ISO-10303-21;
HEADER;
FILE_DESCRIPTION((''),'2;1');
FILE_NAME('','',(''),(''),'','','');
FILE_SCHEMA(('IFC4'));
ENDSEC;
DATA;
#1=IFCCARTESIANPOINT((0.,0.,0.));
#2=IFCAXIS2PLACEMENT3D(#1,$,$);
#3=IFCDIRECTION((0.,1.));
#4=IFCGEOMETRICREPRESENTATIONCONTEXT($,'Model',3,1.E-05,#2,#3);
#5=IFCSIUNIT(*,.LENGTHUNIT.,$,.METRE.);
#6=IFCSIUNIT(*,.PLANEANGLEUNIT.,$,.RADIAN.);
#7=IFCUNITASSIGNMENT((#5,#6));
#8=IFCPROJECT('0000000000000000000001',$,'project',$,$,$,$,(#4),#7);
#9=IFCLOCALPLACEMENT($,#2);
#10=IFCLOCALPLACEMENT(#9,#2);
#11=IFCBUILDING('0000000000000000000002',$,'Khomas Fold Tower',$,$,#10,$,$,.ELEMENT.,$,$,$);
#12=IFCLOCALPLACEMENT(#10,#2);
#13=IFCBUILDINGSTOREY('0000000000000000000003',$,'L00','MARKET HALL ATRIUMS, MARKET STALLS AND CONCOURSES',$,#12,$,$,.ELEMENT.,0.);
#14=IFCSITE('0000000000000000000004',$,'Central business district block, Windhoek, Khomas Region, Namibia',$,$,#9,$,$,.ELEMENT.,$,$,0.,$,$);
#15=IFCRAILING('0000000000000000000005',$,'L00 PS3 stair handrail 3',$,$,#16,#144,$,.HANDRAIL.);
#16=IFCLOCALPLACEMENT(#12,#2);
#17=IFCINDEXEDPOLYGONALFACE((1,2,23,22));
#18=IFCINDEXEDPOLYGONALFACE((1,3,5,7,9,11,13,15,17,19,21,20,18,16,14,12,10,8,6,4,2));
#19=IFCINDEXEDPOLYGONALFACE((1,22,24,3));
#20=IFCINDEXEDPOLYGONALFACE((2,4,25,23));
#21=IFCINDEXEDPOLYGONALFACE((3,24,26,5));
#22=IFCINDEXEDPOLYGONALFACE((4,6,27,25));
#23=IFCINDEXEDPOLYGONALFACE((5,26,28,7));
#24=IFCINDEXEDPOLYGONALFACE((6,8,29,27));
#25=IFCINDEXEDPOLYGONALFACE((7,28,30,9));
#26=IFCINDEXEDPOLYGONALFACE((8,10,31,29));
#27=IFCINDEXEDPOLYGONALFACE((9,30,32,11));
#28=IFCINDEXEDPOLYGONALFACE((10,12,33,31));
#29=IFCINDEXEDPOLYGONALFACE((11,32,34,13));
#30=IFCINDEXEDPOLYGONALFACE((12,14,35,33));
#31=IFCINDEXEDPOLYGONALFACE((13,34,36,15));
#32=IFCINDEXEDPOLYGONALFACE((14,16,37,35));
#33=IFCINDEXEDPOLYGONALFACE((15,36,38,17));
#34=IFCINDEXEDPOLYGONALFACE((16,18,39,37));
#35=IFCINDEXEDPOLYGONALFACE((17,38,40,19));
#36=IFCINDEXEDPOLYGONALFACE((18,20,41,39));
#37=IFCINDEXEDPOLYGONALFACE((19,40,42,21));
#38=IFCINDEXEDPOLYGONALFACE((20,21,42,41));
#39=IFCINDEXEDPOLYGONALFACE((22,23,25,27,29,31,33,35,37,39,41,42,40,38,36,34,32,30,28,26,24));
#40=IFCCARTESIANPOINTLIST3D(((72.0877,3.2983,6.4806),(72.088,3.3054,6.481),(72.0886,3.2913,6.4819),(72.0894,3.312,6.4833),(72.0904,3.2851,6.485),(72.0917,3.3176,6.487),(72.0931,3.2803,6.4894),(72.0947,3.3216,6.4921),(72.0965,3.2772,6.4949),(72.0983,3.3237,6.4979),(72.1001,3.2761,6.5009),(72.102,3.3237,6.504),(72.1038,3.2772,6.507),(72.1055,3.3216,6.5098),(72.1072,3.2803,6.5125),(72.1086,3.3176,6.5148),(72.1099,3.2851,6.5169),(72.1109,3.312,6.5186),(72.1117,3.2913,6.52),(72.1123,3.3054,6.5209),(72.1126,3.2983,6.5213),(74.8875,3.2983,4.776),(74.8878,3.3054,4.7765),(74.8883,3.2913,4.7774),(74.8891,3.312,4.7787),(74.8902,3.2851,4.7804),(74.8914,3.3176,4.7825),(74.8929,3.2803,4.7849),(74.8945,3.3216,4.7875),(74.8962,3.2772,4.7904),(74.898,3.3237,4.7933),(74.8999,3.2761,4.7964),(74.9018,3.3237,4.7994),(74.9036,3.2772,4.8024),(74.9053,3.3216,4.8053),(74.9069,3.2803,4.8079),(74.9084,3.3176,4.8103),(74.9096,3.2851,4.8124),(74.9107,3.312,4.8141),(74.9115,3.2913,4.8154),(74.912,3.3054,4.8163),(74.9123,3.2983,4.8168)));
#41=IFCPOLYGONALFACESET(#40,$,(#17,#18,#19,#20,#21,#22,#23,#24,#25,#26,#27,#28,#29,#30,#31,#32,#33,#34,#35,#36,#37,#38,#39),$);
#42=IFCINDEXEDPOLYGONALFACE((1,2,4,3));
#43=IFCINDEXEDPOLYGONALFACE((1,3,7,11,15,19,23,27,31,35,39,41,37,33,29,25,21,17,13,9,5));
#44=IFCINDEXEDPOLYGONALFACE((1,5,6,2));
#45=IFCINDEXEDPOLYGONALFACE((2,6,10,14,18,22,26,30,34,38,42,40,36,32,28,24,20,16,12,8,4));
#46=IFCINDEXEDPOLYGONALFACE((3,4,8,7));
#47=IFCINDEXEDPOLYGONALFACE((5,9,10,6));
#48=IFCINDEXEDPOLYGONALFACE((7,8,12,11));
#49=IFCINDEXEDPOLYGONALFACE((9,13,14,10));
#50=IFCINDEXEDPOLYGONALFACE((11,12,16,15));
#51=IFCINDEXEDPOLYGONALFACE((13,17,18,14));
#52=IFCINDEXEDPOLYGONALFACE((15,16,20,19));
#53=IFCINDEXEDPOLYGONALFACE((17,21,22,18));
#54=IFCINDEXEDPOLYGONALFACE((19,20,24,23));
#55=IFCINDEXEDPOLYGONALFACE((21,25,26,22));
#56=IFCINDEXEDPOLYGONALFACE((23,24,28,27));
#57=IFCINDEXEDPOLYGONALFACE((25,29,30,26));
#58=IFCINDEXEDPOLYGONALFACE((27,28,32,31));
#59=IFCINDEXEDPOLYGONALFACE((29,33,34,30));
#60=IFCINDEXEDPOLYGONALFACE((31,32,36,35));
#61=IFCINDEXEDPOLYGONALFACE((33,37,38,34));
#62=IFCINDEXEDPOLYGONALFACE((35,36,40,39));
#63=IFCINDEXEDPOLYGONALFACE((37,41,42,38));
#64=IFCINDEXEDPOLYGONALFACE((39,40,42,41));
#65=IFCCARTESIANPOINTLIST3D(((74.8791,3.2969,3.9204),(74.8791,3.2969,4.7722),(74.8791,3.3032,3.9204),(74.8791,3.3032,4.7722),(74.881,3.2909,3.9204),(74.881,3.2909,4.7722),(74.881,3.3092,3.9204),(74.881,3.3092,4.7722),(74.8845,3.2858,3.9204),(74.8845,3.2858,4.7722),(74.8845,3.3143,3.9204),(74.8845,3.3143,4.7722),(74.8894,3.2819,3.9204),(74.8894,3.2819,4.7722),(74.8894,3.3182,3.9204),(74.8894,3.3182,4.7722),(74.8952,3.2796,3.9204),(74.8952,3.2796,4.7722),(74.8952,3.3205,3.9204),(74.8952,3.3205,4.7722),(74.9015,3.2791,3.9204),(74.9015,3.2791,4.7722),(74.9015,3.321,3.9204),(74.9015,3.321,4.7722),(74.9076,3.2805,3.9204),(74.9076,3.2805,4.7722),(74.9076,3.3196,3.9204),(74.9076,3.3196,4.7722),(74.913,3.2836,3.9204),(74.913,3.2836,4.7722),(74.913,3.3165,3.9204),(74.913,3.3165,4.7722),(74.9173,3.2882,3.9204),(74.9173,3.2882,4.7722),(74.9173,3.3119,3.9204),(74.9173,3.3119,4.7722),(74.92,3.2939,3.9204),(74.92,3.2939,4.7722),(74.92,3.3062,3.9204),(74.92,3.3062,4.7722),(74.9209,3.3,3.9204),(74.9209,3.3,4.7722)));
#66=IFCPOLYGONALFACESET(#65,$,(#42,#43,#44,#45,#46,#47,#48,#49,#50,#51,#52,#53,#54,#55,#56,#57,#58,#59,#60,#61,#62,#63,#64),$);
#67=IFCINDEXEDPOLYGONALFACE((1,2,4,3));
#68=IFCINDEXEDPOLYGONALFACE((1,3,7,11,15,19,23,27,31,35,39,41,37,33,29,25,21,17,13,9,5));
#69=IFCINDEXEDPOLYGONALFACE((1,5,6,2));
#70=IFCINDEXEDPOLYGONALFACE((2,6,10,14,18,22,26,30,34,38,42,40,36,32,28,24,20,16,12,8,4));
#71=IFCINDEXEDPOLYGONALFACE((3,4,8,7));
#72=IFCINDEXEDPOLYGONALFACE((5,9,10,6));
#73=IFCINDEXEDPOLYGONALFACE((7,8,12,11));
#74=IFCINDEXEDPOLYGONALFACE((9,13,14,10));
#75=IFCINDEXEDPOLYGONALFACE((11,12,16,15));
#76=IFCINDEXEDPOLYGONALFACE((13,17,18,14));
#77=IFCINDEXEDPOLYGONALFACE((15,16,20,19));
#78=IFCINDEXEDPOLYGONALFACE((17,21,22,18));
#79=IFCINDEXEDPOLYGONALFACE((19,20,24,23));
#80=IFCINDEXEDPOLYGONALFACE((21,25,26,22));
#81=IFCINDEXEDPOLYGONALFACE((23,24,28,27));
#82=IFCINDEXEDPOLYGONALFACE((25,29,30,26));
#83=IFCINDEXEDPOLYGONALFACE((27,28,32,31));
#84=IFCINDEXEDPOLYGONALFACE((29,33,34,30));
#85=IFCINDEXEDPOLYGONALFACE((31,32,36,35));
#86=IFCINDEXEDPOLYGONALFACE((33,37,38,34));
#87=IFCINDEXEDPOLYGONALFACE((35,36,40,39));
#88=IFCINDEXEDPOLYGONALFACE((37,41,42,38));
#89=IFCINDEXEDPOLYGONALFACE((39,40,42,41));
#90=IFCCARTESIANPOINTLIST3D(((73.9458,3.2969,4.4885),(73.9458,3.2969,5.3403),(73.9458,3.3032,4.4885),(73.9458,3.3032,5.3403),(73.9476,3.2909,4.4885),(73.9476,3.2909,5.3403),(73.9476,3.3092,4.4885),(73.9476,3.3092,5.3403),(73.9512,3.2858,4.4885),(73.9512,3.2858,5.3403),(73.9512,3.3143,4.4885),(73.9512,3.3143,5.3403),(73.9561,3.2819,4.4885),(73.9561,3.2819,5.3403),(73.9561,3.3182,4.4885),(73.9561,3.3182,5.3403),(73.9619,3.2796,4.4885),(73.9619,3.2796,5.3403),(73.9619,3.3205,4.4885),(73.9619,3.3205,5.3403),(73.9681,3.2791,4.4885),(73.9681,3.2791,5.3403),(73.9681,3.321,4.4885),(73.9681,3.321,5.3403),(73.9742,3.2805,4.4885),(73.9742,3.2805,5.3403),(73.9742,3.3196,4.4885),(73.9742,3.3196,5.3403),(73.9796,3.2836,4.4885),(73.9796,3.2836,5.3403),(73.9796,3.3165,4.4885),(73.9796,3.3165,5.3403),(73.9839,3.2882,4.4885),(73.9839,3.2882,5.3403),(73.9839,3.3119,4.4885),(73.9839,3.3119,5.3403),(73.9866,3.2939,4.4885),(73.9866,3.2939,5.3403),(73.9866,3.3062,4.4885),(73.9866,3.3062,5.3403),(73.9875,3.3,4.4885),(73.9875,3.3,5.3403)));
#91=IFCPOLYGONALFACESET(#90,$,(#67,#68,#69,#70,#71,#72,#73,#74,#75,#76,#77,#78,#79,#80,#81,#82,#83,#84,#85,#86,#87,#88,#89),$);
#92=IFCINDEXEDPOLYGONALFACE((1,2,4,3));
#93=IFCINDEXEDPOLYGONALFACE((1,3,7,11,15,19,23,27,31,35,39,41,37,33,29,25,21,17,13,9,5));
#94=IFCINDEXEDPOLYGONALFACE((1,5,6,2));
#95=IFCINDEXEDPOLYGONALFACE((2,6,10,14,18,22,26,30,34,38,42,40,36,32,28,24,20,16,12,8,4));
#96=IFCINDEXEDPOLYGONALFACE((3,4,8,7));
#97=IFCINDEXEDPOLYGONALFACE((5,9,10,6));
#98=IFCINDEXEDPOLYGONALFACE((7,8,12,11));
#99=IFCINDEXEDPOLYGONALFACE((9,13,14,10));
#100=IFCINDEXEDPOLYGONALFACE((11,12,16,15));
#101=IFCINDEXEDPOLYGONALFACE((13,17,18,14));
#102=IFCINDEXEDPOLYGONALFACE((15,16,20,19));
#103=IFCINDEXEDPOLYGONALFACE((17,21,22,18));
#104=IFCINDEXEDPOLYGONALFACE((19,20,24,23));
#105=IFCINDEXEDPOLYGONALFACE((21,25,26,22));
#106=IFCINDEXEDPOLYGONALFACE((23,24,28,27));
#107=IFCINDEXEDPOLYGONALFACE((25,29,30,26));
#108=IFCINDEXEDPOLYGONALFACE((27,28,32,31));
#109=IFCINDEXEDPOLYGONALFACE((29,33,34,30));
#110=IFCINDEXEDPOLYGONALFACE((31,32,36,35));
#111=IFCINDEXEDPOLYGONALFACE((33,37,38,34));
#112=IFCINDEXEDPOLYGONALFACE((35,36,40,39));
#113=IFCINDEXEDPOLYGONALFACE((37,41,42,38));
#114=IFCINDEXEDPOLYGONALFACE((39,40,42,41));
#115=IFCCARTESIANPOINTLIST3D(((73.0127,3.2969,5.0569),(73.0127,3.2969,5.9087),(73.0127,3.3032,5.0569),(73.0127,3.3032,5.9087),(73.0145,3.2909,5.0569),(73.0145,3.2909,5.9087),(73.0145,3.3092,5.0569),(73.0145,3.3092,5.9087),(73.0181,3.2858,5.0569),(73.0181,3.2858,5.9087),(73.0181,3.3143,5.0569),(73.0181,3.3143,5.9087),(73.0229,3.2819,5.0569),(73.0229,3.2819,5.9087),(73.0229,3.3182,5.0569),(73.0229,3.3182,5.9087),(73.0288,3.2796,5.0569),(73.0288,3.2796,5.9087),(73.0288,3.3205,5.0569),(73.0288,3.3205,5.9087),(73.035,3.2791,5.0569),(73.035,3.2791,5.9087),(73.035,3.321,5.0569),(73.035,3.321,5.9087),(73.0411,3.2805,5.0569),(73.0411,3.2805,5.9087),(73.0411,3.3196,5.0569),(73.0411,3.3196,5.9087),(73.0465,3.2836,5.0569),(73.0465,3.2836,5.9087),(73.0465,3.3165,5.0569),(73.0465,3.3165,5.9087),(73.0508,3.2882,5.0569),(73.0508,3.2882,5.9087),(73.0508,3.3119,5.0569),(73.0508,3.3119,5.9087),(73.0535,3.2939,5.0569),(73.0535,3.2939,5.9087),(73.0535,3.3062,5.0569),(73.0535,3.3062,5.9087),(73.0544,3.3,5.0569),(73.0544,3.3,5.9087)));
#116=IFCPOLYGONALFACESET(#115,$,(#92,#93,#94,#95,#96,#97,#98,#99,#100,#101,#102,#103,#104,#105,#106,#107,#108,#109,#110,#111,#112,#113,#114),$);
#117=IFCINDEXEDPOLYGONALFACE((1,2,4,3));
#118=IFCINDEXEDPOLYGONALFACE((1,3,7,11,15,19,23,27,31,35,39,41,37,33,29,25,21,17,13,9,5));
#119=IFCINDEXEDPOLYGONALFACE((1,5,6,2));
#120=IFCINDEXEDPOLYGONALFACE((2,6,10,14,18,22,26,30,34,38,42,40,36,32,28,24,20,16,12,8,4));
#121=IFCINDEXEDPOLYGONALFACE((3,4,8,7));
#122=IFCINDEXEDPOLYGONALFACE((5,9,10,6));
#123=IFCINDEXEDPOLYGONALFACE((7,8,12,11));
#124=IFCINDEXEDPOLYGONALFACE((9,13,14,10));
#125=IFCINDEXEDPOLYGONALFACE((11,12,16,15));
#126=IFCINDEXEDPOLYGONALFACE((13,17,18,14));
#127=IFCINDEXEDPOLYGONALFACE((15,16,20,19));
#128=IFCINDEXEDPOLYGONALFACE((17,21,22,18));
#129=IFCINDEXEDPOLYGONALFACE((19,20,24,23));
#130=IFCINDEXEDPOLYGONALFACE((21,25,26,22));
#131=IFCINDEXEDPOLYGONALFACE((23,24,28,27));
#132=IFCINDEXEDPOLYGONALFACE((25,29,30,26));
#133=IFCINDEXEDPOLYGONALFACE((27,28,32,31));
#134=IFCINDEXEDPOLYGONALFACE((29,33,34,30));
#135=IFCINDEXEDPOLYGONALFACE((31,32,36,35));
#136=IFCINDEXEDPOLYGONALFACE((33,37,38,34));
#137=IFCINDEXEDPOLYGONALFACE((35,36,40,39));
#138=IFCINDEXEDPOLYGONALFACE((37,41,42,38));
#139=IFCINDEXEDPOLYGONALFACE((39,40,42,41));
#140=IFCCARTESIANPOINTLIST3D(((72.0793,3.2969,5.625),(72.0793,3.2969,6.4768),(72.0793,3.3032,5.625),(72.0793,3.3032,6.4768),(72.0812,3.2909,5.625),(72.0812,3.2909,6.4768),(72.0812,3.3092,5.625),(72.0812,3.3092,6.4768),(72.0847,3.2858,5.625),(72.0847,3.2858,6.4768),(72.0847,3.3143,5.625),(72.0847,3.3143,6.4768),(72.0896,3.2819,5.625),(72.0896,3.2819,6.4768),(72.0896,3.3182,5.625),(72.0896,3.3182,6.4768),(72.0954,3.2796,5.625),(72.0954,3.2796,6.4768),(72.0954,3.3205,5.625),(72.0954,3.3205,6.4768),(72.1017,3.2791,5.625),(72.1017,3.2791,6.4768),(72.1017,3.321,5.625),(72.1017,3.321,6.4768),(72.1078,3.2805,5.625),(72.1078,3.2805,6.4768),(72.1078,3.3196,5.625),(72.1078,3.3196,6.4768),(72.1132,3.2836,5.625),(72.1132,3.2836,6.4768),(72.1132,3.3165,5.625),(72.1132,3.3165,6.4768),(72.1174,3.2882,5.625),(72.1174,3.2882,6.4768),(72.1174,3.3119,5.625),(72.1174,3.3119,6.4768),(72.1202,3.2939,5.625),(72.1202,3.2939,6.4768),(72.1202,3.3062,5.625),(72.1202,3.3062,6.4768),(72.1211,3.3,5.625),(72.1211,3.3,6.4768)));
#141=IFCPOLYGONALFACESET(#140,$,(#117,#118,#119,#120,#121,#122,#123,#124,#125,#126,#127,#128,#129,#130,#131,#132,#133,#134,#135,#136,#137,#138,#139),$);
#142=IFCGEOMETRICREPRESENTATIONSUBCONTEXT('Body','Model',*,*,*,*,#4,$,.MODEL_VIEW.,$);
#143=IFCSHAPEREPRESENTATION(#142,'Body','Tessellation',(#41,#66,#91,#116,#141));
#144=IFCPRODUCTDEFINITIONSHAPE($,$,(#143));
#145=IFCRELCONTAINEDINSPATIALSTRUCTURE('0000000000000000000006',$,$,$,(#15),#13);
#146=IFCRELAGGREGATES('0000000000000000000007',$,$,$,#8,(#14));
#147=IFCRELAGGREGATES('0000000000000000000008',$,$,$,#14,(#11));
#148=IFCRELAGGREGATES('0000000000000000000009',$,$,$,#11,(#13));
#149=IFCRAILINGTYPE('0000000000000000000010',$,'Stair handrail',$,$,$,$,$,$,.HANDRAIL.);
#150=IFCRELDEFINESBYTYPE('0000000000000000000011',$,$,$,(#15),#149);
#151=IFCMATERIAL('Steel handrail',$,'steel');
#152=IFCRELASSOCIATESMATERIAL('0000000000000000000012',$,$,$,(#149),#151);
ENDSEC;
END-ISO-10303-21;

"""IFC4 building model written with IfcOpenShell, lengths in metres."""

from ifc_helpers import new_model, si_unit, direction, frame, origin, origin_2d, place, context, subcontext, project, spatial, circle, extrude, source, transform, mapped, material, type_object, element, save


model = new_model("IFC4")

# Units and contexts
model_context = context("Model", 3, precision=1e-05, world=origin(), true_north=direction((0.0, 1.0)))
body_context = subcontext(model_context, "Body", "Model", "MODEL_VIEW")
ifc_project = project(units=[si_unit("LENGTHUNIT", "METRE"), si_unit("PLANEANGLEUNIT", "RADIAN")], contexts=[model_context])

# Site, building, storey
site_placement = place(None, origin())
site = spatial("IfcSite", under=ifc_project, at=site_placement, Name="Central business district block, Windhoek, Khomas Region, Namibia", CompositionType="ELEMENT", RefElevation=0.0)
building_placement = place(site_placement, origin())
building = spatial("IfcBuilding", under=site, at=building_placement, Name="Khomas Fold Tower", CompositionType="ELEMENT")
storey_placement = place(building_placement, origin())
storey = spatial("IfcBuildingStorey", under=building, at=storey_placement, Name="L00", Description="MARKET HALL ATRIUMS, MARKET STALLS AND CONCOURSES", CompositionType="ELEMENT", Elevation=0.0)

# Railing
ifc_material_1 = material(Name="Steel handrail", Category="steel")
railing_type_1 = type_object("IfcRailingType", Name="Stair handrail", PredefinedType="HANDRAIL", material=ifc_material_1)
shared_shape_1 = source(origin(), body_context, "Body", "SweptSolid", [
    extrude(circle(Radius=0.0239, at=origin_2d()), frame((0.0, 0.0, 0.876), z_axis=(-0.85415, 0.0, 0.520027), x_axis=(0.0, -1.0, 0.0)), (0.0, 0.0, 1.0), 3.2778),
    extrude(circle(Radius=0.021, at=origin_2d()), origin(), (0.0, 0.0, 1.0), 0.8518),
    extrude(circle(Radius=0.021, at=origin_2d()), frame((-0.9333, 0.0, 0.5681)), (0.0, 0.0, 1.0), 0.8518),
    extrude(circle(Radius=0.021, at=origin_2d()), frame((-1.8665, 0.0, 1.1365)), (0.0, 0.0, 1.0), 0.8518),
    extrude(circle(Radius=0.021, at=origin_2d()), frame((-2.7998, 0.0, 1.7046)), (0.0, 0.0, 1.0), 0.8518),
])
for number, where, name in (
    (1, (74.8999, 3.3, 3.9204), "L00 PS3 stair handrail 3"),
):
    element("IfcRailing", number, at=place(storey_placement, frame(where)), inside=storey, type_object=railing_type_1, Name=name, PredefinedType="HANDRAIL", context=body_context, shape_type="MappedRepresentation", body=[
        mapped(shared_shape_1, transform((0.0, 0.0, 0.0))),
    ])

save(model, "model.ifc")
